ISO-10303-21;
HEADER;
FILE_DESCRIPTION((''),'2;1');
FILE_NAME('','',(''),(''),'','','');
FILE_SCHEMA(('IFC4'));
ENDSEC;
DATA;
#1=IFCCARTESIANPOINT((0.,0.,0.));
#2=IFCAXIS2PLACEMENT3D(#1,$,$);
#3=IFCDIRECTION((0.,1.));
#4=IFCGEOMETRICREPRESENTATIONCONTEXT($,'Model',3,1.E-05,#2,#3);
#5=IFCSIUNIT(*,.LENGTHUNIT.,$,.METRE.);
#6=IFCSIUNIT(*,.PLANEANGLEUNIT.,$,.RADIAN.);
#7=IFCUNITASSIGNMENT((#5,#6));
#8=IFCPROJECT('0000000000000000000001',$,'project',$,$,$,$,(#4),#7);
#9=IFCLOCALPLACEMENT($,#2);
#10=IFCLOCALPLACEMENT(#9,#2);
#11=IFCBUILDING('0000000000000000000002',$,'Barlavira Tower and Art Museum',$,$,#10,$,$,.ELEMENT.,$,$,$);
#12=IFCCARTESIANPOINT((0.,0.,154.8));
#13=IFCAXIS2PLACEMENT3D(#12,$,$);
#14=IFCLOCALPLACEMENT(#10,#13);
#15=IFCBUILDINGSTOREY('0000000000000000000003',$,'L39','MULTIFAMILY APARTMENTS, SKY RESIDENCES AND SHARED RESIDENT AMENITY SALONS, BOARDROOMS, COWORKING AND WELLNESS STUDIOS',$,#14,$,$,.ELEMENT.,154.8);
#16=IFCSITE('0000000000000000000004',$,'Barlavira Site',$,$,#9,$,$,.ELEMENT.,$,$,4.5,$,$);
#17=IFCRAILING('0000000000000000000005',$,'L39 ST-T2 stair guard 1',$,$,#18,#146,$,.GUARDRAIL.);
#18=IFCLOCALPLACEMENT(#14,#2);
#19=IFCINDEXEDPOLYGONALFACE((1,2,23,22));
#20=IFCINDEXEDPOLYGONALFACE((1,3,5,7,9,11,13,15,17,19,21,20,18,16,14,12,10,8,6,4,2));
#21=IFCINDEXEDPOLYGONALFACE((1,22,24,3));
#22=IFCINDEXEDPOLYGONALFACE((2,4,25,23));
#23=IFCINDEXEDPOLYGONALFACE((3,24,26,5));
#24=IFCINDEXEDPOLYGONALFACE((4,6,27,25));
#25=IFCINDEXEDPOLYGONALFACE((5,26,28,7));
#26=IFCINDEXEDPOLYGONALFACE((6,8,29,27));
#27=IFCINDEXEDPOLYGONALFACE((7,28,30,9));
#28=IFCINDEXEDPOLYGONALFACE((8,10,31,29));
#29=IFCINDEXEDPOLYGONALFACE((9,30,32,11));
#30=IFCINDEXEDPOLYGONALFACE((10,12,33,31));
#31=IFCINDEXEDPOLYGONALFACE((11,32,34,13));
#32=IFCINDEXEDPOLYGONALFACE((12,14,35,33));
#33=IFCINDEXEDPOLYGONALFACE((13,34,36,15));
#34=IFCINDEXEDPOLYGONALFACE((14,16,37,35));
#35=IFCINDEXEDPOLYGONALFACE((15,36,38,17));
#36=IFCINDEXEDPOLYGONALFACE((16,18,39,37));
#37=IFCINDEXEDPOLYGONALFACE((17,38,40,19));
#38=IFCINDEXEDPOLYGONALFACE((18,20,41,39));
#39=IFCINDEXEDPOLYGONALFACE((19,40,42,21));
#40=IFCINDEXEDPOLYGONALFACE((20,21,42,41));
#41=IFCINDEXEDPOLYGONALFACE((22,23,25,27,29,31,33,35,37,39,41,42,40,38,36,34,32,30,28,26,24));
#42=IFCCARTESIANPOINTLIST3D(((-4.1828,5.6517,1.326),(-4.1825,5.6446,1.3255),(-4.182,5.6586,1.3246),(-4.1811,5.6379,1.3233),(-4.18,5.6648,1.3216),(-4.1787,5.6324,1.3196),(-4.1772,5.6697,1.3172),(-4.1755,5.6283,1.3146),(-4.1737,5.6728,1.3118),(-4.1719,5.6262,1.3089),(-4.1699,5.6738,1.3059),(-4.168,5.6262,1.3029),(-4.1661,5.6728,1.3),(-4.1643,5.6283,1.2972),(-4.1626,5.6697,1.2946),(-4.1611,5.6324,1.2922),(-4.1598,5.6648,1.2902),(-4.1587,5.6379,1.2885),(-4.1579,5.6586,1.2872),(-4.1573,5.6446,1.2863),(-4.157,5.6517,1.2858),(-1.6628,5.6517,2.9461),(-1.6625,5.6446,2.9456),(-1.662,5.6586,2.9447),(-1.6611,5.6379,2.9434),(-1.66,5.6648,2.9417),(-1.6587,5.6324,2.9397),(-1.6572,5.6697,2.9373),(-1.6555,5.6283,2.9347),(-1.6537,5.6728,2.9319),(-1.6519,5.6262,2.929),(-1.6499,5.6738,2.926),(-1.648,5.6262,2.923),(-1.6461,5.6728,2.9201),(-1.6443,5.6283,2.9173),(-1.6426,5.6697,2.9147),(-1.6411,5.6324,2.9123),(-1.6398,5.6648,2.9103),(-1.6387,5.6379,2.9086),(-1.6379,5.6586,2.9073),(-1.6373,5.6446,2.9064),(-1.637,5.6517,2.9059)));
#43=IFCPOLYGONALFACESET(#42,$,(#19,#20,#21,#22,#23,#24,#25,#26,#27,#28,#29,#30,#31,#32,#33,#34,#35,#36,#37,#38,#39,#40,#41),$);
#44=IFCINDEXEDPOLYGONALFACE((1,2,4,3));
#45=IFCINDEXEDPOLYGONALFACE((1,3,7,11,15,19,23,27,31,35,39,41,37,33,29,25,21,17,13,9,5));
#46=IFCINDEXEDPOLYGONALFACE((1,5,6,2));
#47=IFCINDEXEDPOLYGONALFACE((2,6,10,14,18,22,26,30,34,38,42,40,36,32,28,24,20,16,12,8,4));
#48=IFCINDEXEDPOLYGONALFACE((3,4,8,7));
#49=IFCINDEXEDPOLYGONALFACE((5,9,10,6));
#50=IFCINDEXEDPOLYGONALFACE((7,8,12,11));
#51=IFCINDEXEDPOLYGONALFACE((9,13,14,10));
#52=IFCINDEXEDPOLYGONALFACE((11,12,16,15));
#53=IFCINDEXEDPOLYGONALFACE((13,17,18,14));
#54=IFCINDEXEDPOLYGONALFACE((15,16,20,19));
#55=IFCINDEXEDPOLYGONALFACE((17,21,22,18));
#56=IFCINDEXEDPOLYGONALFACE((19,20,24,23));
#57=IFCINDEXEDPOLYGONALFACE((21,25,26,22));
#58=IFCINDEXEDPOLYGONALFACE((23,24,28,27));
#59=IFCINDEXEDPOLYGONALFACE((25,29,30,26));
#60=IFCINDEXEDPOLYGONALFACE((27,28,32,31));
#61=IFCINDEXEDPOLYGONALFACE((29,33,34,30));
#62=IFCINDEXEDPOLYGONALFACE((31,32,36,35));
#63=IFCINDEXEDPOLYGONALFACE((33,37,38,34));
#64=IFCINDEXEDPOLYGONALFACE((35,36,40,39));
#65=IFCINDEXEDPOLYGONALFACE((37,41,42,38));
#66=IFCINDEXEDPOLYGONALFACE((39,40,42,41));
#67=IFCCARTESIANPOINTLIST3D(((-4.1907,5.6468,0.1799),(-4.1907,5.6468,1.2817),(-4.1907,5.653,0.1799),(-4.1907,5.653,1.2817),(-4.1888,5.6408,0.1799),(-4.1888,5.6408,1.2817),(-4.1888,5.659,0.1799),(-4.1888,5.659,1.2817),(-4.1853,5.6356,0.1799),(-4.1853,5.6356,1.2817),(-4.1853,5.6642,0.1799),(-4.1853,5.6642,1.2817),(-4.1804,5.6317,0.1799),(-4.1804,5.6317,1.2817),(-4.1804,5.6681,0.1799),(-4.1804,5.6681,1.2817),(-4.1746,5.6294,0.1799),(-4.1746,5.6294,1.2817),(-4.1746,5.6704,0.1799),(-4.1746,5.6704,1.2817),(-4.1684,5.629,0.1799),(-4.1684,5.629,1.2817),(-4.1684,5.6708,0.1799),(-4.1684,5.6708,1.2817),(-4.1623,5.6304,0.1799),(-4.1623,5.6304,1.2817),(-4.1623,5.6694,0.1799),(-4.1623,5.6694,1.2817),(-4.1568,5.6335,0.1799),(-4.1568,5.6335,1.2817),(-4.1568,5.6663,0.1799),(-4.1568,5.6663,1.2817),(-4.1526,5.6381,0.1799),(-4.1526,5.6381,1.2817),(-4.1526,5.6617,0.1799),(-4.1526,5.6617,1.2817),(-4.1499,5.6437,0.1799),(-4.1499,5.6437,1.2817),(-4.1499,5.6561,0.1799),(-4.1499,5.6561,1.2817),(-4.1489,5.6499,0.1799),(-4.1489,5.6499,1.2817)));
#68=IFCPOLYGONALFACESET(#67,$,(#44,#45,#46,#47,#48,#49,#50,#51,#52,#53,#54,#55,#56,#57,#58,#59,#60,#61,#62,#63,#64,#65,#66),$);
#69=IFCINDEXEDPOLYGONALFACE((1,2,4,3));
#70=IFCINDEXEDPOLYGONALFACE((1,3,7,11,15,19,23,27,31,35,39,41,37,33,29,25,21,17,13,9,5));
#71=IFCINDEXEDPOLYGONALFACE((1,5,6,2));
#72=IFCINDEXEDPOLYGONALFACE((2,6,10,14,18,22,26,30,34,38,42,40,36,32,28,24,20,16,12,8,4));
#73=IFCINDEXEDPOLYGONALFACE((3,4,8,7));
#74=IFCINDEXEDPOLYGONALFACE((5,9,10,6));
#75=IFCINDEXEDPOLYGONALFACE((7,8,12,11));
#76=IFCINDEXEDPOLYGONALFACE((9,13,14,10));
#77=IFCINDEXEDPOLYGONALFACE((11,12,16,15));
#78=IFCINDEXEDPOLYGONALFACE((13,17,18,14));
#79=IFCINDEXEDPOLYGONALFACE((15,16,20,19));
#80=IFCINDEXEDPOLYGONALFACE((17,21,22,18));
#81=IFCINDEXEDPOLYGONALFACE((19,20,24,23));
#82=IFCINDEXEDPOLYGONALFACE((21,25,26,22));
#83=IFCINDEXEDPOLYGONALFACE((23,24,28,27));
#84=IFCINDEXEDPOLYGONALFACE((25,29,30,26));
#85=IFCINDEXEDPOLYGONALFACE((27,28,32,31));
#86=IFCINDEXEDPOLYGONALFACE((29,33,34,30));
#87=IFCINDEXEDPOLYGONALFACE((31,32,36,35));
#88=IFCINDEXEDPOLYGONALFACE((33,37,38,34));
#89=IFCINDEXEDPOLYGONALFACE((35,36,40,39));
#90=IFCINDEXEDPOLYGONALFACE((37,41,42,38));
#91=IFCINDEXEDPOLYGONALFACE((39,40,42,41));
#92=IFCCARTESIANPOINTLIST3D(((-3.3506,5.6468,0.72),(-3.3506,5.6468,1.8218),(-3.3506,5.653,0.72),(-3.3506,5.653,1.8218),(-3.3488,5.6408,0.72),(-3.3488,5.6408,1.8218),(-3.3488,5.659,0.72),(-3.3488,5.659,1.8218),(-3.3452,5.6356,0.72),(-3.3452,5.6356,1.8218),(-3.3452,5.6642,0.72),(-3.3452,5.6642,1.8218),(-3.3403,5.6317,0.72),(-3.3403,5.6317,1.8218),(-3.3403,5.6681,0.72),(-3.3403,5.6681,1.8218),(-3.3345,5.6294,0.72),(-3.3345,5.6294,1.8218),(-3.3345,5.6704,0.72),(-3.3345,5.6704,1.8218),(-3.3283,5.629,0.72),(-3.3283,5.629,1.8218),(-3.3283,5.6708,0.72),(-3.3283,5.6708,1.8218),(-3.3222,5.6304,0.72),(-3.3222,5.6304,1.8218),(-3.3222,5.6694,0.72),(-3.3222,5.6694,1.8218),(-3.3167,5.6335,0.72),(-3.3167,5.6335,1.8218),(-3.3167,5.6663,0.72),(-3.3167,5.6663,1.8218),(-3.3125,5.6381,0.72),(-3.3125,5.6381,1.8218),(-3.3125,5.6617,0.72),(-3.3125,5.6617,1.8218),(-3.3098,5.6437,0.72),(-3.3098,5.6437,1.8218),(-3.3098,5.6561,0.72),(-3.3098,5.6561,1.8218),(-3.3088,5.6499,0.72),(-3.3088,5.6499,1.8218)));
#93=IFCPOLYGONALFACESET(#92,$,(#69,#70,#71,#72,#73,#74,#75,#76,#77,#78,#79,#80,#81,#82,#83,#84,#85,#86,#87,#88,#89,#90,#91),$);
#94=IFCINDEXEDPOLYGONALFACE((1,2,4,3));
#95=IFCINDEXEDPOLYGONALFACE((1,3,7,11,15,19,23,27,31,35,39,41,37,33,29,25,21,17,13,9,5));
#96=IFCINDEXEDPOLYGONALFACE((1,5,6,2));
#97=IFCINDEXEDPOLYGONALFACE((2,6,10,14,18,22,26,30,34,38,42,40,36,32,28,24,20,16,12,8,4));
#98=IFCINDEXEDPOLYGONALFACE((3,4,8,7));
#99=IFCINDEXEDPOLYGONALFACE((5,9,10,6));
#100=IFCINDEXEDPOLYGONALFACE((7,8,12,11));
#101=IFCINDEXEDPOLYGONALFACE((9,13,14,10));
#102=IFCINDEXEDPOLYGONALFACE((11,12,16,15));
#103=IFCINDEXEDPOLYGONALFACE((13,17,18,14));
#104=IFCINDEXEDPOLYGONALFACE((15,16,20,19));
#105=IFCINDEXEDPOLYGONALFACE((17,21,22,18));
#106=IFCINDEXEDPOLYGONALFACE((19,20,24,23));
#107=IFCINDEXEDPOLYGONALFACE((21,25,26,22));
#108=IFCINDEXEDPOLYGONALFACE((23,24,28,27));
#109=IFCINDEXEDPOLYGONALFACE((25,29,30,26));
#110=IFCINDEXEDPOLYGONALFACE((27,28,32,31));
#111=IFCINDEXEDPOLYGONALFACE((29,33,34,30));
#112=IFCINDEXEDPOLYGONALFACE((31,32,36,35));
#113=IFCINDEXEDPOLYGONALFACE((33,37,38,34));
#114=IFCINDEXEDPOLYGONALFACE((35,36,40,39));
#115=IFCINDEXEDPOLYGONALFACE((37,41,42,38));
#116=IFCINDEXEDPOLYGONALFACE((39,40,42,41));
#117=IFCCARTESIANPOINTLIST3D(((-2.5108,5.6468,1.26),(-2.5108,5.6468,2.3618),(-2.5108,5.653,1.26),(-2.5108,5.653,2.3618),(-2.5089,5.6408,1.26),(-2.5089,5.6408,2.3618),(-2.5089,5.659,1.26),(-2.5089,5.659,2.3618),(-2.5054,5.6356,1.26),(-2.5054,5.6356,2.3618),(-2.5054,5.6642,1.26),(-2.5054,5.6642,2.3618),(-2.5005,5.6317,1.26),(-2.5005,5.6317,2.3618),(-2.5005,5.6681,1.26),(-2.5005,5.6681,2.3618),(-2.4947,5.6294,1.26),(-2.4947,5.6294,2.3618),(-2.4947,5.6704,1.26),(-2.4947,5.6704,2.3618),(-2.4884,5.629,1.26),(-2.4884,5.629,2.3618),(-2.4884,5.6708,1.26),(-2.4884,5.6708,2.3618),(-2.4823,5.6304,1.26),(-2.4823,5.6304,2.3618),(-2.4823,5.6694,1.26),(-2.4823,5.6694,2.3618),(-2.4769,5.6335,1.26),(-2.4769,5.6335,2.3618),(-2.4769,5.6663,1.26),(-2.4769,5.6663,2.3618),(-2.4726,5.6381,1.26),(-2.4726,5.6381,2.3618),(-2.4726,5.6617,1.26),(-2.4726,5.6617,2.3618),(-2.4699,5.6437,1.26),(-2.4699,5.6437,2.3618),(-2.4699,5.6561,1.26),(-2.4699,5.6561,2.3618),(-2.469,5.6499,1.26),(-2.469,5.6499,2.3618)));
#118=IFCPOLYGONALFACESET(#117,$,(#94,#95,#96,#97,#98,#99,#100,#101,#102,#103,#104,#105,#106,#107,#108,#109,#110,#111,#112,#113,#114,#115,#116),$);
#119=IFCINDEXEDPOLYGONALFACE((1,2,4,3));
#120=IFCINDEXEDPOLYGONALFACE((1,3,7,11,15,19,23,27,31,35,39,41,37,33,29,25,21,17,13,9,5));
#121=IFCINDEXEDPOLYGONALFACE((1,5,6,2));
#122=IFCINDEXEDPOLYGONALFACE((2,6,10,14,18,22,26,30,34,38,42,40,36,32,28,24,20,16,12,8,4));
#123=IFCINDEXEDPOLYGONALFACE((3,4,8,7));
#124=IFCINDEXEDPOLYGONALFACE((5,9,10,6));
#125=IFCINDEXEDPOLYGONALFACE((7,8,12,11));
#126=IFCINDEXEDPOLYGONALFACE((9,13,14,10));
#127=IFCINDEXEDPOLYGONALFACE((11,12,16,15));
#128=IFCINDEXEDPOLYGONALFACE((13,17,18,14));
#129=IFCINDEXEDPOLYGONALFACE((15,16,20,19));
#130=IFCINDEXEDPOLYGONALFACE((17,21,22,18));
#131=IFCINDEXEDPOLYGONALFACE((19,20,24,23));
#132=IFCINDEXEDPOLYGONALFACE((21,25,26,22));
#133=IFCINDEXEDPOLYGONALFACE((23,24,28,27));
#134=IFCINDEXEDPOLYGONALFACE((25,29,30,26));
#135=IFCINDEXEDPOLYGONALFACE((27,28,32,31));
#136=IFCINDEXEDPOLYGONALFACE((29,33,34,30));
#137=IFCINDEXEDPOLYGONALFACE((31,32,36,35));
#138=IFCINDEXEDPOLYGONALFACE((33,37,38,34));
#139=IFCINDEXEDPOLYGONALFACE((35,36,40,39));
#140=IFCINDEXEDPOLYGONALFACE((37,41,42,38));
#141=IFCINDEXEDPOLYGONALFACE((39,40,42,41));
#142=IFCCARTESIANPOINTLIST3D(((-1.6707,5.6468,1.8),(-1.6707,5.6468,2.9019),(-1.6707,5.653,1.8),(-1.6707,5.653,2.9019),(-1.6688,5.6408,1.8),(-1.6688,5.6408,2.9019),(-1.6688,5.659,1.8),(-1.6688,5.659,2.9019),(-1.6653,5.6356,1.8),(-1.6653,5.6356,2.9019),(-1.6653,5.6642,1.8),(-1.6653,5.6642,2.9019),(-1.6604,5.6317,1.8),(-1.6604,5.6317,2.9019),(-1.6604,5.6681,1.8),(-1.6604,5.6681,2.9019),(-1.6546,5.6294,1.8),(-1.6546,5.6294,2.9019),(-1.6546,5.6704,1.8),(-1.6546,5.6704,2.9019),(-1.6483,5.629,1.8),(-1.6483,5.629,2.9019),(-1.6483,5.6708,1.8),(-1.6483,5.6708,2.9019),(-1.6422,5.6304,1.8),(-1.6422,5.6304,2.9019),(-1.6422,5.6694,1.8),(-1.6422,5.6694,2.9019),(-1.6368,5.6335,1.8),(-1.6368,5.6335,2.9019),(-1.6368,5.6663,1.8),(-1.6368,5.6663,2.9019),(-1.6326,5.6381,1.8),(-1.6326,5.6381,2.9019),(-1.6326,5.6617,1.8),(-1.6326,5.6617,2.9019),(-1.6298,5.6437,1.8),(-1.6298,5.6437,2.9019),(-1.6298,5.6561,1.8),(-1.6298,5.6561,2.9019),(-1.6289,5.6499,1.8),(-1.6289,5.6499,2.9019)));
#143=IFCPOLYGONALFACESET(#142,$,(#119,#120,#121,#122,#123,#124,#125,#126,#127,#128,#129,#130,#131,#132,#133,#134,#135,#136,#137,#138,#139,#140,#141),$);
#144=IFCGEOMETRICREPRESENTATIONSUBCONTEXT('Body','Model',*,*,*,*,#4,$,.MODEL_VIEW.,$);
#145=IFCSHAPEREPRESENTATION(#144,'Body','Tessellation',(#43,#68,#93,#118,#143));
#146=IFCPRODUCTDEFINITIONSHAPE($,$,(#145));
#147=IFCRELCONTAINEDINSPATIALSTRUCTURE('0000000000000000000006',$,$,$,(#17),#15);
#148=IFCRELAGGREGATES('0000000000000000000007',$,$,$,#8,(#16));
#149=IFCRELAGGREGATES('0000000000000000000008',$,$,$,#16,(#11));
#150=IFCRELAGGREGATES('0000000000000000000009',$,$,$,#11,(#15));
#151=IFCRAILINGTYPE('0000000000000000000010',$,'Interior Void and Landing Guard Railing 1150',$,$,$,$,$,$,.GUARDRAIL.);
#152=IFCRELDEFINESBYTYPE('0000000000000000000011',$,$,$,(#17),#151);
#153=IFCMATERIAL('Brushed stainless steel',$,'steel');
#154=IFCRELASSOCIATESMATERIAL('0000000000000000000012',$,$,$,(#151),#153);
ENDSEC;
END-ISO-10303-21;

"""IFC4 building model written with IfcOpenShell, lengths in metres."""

from ifc_helpers import new_model, si_unit, direction, frame, origin, origin_2d, place, context, subcontext, project, spatial, circle, extrude, material, type_object, element, save


model = new_model("IFC4")

# Units and contexts
model_context = context("Model", 3, precision=1e-05, world=origin(), true_north=direction((0.0, 1.0)))
body_context = subcontext(model_context, "Body", "Model", "MODEL_VIEW")
ifc_project = project(units=[si_unit("LENGTHUNIT", "METRE"), si_unit("PLANEANGLEUNIT", "RADIAN")], contexts=[model_context])

# Site, building, storey
site_placement = place(None, origin())
site = spatial("IfcSite", under=ifc_project, at=site_placement, Name="Barlavira Site", CompositionType="ELEMENT", RefElevation=4.5)
building_placement = place(site_placement, origin())
building = spatial("IfcBuilding", under=site, at=building_placement, Name="Barlavira Tower and Art Museum", CompositionType="ELEMENT")
storey_placement = place(building_placement, frame((0.0, 0.0, 154.8)))
storey = spatial("IfcBuildingStorey", under=building, at=storey_placement, Name="L39", Description="MULTIFAMILY APARTMENTS, SKY RESIDENCES AND SHARED RESIDENT AMENITY SALONS, BOARDROOMS, COWORKING AND WELLNESS STUDIOS", CompositionType="ELEMENT", Elevation=154.8)

# Shared definitions
ifc_material_1 = material(Name="Brushed stainless steel", Category="steel")

# Railing
railing_type_1 = type_object("IfcRailingType", Name="Interior Void and Landing Guard Railing 1150", PredefinedType="GUARDRAIL", material=ifc_material_1)
railing_1_placement = place(storey_placement, frame((-4.1699, 5.6499, 0.1799)))
element("IfcRailing", 1, at=railing_1_placement, inside=storey, type_object=railing_type_1, Name="L39 ST-T2 stair guard 1", PredefinedType="GUARDRAIL", context=body_context, shape_type="SweptSolid", body=[
    extrude(circle(Radius=0.0239, at=origin_2d()), frame((0.0, 0.0, 1.126), z_axis=(0.841163, 0.0, 0.540782), x_axis=(0.0, 1.0, 0.0)), (0.0, 0.0, 1.0), 2.9958),
    extrude(circle(Radius=0.021, at=origin_2d()), origin(), (0.0, 0.0, 1.0), 1.1018),
    extrude(circle(Radius=0.021, at=origin_2d()), frame((0.8401, 0.0, 0.54)), (0.0, 0.0, 1.0), 1.1018),
    extrude(circle(Radius=0.021, at=origin_2d()), frame((1.6799, 0.0, 1.0801)), (0.0, 0.0, 1.0), 1.1018),
    extrude(circle(Radius=0.021, at=origin_2d()), frame((2.52, 0.0, 1.6201)), (0.0, 0.0, 1.0), 1.1018),
])

save(model, "model.ifc")
